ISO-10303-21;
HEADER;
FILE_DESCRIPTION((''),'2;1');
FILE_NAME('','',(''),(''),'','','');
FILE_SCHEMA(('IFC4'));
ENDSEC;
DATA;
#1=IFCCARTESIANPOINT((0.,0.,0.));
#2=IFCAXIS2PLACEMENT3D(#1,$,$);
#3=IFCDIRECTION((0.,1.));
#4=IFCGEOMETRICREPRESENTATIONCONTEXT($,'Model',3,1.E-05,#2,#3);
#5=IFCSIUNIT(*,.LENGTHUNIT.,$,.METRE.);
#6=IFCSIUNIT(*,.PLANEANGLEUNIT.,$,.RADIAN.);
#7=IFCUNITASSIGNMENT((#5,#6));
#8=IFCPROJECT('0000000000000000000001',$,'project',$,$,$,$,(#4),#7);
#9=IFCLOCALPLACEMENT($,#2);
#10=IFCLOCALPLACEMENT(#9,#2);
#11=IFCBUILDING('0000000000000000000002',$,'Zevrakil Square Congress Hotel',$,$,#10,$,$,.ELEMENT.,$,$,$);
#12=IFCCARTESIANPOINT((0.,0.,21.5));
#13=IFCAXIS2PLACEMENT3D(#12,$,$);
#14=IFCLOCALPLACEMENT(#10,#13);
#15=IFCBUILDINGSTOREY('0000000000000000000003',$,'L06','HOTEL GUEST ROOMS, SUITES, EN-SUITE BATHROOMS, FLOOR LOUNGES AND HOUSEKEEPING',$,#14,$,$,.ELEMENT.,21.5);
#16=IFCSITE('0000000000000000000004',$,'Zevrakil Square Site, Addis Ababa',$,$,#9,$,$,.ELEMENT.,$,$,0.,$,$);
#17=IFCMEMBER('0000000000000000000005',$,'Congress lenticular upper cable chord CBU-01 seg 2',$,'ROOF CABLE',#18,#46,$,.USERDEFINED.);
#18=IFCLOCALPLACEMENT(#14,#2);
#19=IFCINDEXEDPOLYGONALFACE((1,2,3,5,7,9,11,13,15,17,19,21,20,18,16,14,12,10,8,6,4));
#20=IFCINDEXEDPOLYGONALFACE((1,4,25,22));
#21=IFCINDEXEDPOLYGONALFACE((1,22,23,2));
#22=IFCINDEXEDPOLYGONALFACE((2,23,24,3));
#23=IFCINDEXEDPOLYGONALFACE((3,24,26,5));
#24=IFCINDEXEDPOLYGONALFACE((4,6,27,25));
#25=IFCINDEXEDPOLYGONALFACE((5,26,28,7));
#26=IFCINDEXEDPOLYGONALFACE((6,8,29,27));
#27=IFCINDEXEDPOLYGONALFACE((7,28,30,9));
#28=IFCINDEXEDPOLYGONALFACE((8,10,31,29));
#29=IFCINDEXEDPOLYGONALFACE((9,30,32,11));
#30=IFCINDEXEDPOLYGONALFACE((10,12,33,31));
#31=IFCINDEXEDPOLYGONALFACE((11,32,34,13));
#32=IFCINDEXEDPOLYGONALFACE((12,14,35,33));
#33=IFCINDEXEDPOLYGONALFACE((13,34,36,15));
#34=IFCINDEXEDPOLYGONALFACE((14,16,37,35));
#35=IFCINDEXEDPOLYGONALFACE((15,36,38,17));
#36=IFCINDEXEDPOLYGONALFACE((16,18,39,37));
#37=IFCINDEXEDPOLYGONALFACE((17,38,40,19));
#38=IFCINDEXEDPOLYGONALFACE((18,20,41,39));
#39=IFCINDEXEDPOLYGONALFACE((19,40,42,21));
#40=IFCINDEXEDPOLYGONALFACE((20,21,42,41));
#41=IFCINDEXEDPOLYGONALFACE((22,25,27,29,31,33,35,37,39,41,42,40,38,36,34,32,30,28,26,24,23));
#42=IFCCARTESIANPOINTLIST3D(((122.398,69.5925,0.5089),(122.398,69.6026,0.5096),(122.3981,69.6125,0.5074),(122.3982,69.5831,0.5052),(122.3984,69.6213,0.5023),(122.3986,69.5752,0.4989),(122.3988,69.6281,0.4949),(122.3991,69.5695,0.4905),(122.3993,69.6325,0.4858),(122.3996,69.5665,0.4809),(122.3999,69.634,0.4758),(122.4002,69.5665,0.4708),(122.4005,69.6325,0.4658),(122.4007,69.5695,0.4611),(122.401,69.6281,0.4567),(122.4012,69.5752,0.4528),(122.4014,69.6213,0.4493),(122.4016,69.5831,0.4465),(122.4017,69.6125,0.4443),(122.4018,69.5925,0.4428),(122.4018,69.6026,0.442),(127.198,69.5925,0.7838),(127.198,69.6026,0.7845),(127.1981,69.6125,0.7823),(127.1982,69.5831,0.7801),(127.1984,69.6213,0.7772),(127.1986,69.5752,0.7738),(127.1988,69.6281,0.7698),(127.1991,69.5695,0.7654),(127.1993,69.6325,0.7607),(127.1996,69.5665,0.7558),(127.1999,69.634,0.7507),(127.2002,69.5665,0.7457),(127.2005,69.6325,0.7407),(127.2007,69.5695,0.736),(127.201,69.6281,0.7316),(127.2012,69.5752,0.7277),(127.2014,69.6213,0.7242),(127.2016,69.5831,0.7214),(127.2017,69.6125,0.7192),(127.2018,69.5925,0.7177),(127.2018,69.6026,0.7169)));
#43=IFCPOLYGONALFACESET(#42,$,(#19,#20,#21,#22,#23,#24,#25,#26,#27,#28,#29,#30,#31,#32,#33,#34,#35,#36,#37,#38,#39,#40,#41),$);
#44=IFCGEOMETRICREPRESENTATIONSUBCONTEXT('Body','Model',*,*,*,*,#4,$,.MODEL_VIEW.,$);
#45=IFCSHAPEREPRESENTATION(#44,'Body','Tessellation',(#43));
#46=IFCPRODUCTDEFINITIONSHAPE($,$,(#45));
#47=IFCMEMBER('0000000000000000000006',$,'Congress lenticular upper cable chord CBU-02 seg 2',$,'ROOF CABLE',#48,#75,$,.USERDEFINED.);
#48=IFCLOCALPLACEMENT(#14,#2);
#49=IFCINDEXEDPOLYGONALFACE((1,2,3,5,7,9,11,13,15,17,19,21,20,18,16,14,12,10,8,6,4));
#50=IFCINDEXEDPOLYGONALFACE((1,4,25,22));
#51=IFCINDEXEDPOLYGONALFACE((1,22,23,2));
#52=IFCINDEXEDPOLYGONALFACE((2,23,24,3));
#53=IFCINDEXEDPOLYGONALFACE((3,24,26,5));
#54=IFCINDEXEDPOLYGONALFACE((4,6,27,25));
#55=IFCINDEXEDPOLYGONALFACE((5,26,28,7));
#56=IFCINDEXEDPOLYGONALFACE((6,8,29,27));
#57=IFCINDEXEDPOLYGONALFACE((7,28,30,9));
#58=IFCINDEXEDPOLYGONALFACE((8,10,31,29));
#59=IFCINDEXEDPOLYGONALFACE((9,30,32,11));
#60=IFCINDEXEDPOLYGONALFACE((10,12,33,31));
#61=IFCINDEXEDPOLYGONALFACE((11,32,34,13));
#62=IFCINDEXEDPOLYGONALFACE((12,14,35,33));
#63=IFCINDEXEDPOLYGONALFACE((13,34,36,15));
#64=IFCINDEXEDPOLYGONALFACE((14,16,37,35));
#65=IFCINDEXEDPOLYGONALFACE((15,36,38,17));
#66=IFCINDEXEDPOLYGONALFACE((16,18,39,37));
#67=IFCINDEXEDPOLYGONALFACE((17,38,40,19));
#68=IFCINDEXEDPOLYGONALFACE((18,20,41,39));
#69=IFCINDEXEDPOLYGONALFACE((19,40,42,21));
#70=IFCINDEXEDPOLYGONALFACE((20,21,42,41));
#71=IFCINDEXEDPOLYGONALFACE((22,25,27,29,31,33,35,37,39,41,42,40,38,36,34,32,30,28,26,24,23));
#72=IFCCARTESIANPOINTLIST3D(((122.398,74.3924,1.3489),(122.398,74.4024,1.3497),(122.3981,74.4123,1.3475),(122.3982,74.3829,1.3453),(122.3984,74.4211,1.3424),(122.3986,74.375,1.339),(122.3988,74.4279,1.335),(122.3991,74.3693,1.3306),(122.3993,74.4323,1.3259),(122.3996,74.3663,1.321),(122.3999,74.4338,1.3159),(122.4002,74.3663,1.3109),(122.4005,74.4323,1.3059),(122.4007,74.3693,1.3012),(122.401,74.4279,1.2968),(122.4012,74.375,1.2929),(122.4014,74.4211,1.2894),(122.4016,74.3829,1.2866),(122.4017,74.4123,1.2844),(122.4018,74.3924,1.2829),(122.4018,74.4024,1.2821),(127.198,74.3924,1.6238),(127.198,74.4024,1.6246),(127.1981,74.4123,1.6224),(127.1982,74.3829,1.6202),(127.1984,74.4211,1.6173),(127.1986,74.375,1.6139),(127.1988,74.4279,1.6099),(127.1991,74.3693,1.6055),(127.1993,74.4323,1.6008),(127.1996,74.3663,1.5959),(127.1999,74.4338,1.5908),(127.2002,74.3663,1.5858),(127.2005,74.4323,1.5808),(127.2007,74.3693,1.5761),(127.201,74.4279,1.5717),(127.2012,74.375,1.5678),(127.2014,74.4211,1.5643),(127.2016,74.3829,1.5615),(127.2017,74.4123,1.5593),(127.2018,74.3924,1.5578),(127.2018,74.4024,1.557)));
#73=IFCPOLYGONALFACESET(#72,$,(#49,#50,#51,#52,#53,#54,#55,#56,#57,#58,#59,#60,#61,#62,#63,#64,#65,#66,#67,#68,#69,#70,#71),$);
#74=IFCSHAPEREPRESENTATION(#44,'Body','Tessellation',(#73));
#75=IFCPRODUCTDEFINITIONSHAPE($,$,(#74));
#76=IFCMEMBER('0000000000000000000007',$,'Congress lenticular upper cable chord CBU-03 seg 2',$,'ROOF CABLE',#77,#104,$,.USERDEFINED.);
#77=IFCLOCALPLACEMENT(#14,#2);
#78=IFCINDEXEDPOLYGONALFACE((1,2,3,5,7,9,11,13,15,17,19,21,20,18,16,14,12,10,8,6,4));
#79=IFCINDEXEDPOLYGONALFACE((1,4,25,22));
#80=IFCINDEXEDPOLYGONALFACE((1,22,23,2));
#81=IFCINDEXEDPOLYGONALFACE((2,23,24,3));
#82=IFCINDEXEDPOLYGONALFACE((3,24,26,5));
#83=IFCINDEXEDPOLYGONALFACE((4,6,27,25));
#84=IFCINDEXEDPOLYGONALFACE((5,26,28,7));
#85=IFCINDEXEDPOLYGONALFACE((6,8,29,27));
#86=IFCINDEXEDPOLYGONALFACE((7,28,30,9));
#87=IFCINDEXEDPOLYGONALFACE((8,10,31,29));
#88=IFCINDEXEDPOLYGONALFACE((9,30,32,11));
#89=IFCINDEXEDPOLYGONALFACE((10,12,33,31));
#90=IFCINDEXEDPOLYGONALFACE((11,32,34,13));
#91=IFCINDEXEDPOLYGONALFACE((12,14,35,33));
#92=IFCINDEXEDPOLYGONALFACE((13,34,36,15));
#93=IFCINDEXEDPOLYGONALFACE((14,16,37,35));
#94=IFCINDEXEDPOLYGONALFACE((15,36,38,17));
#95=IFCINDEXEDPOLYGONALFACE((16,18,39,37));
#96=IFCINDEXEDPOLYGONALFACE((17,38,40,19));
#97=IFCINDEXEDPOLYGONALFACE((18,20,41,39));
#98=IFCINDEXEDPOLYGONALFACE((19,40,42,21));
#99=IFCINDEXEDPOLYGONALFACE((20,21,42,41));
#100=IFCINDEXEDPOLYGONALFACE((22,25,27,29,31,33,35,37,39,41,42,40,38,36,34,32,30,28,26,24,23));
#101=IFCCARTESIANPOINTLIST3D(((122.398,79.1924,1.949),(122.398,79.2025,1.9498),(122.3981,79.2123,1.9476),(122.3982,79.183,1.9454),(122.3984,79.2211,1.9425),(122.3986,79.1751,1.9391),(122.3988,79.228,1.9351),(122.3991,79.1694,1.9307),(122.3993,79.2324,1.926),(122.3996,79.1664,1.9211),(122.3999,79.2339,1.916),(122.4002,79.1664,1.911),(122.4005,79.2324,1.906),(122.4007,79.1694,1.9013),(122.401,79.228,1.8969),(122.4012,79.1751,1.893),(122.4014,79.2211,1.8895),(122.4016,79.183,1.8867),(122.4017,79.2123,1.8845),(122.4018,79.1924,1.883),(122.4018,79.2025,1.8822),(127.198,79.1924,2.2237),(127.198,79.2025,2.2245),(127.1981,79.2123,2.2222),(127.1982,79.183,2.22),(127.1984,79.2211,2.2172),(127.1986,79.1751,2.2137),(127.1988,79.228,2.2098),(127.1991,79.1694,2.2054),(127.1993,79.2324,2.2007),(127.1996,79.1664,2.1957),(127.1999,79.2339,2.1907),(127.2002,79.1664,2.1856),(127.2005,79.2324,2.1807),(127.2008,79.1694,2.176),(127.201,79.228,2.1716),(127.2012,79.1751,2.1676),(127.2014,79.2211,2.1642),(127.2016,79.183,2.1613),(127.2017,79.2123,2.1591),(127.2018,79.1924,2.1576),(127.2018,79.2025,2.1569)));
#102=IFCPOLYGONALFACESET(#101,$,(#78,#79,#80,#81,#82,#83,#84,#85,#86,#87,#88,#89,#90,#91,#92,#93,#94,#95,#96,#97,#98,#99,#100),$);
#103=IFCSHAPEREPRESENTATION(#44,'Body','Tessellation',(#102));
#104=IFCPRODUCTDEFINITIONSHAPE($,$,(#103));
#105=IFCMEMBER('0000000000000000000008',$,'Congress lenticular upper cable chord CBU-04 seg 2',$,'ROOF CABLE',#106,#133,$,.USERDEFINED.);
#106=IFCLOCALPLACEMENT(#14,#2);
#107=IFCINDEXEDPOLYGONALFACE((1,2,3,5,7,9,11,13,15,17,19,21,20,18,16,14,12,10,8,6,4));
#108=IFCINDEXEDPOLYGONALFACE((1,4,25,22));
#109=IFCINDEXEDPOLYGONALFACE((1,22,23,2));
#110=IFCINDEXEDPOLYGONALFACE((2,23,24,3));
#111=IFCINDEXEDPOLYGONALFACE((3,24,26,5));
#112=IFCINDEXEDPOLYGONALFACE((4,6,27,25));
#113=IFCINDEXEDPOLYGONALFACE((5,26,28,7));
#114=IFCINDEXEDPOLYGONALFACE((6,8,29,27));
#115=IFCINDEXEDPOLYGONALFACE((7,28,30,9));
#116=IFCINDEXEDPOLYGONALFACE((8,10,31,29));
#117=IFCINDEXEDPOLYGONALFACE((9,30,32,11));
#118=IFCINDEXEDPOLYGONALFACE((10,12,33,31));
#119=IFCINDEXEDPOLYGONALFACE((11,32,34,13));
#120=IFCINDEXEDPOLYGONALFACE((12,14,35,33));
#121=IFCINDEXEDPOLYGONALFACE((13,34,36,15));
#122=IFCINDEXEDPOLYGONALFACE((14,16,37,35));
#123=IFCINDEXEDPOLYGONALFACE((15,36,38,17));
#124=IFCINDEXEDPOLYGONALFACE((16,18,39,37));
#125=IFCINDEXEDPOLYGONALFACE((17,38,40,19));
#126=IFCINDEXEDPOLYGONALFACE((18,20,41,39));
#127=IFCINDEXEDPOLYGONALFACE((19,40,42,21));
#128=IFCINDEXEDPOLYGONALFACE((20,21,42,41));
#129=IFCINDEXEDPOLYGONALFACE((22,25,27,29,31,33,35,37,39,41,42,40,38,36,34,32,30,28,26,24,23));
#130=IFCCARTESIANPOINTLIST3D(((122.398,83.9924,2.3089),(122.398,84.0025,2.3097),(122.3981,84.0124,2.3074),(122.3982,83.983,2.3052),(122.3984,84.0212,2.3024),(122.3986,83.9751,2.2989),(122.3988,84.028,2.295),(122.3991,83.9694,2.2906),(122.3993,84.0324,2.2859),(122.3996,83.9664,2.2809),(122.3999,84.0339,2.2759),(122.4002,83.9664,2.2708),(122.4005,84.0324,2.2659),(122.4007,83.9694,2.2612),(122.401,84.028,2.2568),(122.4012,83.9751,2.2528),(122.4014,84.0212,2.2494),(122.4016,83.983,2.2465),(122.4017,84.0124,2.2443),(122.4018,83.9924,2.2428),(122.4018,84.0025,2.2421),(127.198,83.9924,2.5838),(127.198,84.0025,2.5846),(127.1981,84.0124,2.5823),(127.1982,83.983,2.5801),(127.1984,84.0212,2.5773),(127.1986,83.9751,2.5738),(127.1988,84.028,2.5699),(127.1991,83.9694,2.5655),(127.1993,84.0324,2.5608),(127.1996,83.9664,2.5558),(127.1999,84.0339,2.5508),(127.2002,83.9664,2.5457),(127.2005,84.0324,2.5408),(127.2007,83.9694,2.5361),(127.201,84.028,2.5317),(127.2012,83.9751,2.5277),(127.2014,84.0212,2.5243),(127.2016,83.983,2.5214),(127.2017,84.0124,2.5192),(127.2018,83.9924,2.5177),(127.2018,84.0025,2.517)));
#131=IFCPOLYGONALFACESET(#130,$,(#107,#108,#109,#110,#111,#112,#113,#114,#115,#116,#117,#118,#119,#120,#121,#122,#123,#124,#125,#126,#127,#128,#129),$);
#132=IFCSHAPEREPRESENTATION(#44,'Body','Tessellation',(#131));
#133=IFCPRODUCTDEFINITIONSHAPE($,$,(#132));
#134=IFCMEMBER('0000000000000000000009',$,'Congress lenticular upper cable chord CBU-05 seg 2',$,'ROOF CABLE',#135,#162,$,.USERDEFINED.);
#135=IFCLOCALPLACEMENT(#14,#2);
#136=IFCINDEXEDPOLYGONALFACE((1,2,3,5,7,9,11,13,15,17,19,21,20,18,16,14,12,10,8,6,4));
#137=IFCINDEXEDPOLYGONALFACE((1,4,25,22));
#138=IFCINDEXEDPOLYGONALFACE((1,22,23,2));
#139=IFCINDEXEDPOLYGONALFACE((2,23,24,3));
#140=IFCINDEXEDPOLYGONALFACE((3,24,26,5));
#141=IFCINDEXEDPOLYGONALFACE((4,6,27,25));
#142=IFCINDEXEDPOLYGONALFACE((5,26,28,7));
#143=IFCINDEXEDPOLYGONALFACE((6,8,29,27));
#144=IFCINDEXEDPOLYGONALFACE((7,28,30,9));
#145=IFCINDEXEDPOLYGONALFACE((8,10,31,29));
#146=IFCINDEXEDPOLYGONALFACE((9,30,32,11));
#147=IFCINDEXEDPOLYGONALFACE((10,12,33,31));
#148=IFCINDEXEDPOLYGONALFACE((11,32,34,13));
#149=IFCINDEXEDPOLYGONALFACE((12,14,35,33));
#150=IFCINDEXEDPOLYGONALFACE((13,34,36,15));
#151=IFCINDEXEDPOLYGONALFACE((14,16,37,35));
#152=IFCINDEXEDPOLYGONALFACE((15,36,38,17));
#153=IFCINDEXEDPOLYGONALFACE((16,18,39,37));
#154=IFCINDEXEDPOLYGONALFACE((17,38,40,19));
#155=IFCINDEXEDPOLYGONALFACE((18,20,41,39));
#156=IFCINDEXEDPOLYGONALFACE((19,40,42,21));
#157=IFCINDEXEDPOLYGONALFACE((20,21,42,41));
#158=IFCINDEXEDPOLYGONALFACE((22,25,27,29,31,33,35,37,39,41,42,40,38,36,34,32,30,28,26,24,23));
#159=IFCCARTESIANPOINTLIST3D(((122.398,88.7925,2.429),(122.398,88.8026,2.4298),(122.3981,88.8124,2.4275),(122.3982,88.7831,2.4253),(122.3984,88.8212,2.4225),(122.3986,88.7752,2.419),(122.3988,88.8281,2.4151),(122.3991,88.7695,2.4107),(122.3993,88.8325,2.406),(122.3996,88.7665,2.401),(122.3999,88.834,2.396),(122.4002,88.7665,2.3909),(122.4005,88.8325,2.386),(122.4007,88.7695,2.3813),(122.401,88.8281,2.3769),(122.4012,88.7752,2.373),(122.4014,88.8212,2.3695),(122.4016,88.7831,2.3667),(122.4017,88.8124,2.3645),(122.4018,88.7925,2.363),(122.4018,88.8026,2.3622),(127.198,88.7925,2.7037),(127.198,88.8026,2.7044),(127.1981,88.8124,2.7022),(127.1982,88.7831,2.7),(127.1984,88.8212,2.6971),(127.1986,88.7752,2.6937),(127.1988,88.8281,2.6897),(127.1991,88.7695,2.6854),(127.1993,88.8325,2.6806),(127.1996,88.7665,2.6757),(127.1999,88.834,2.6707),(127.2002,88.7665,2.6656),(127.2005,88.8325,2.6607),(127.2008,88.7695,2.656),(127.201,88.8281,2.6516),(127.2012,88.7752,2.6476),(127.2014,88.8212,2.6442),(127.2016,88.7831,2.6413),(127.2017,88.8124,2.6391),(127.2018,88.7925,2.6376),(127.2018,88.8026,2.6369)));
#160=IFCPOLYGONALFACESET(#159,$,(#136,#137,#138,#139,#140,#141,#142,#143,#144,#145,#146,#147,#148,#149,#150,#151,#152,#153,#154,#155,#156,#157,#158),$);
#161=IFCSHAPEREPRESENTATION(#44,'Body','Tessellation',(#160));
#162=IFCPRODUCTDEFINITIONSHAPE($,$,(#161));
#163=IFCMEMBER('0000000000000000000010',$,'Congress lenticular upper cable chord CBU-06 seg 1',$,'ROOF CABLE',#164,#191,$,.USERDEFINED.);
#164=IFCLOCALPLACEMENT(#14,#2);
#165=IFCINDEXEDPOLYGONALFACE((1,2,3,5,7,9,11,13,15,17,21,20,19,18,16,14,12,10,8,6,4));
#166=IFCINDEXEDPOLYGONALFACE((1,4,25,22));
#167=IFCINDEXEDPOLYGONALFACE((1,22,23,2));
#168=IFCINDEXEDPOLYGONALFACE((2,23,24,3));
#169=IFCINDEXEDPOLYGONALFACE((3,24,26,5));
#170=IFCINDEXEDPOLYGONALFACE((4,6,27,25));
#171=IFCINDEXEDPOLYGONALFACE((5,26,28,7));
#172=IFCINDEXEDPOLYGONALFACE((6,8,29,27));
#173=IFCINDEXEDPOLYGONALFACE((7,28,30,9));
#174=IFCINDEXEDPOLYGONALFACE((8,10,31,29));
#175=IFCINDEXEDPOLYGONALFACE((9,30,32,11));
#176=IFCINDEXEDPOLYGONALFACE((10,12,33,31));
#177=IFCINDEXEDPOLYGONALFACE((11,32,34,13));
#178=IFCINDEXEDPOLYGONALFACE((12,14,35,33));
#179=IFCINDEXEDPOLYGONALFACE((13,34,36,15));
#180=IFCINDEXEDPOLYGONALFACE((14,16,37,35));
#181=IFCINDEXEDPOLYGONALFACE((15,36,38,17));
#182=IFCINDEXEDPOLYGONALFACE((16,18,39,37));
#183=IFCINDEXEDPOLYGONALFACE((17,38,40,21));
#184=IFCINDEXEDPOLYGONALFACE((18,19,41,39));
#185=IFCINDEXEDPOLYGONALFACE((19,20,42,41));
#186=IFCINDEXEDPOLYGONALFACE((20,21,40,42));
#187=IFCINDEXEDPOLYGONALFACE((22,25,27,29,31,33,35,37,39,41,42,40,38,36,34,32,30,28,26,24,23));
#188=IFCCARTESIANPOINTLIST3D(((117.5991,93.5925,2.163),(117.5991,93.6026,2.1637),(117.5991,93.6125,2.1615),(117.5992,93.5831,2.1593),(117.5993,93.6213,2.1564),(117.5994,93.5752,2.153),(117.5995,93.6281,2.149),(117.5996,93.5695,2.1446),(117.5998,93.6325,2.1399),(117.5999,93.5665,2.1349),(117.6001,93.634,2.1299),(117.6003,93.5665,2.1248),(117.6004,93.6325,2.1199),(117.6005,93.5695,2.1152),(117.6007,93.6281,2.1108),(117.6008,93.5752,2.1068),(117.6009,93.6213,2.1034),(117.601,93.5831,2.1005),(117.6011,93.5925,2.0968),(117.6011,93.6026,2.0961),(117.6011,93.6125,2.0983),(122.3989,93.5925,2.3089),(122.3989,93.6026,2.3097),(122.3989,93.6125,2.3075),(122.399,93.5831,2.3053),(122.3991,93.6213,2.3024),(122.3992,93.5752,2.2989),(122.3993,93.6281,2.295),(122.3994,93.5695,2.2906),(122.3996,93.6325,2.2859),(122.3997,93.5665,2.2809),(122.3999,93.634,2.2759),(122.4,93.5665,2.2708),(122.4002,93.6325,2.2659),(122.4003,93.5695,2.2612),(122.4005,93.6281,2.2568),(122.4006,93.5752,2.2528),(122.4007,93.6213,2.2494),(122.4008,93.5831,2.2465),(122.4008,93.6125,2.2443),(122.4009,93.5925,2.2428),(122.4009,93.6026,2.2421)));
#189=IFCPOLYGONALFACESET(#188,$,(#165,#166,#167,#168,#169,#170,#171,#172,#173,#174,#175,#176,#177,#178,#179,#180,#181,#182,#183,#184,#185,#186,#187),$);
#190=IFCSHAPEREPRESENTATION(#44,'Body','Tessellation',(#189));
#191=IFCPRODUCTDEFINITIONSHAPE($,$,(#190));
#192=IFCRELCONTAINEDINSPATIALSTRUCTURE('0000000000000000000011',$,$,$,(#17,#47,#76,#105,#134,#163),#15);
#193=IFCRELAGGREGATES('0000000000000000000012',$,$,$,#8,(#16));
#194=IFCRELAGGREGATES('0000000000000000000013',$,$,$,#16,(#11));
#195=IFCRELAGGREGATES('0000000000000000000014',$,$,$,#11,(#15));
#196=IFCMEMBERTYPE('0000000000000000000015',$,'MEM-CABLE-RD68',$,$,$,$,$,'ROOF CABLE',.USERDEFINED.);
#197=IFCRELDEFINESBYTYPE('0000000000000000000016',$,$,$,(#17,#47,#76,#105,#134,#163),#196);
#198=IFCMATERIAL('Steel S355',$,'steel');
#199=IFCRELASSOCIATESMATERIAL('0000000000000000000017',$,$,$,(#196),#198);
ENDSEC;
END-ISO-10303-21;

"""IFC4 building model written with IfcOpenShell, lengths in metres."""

from ifc_helpers import new_model, si_unit, direction, frame, origin, origin_2d, place, context, subcontext, project, spatial, circle, extrude, material, material_profile, profile_set, type_object, element, save


model = new_model("IFC4")

# Units and contexts
model_context = context("Model", 3, precision=1e-05, world=origin(), true_north=direction((0.0, 1.0)))
body_context = subcontext(model_context, "Body", "Model", "MODEL_VIEW")
ifc_project = project(units=[si_unit("LENGTHUNIT", "METRE"), si_unit("PLANEANGLEUNIT", "RADIAN")], contexts=[model_context])

# Site, building, storey
site_placement = place(None, origin())
site = spatial("IfcSite", under=ifc_project, at=site_placement, Name="Zevrakil Square Site, Addis Ababa", CompositionType="ELEMENT", RefElevation=0.0)
building_placement = place(site_placement, origin())
building = spatial("IfcBuilding", under=site, at=building_placement, Name="Zevrakil Square Congress Hotel", CompositionType="ELEMENT")
storey_placement = place(building_placement, frame((0.0, 0.0, 21.5)))
storey = spatial("IfcBuildingStorey", under=building, at=storey_placement, Name="L06", Description="HOTEL GUEST ROOMS, SUITES, EN-SUITE BATHROOMS, FLOOR LOUNGES AND HOUSEKEEPING", CompositionType="ELEMENT", Elevation=21.5)

# Members
ifc_material_1 = material(Name="Steel S355", Category="steel")
ifc_material_profile_1 = material_profile(ifc_material_1, circle(Radius=0.0339, at=origin_2d()), Name="CABLE RD68")
ifc_profile_set_1 = profile_set([ifc_material_profile_1], Name="Steel S355")
member_type_1 = type_object("IfcMemberType", Name="MEM-CABLE-RD68", ElementType="ROOF CABLE", PredefinedType="USERDEFINED", material=ifc_profile_set_1)
for number, where, z_axis, x_axis, name in (
    (1, (122.3999, 69.6001, 0.4758), (0.998364, 0.0, 0.057177), (0.0, 1.0, 0.0), "Congress lenticular upper cable chord CBU-01 seg 2"),
    (2, (122.3999, 74.3999, 1.3159), (0.998364, 0.0, 0.057177), (0.0, 1.0, 0.0), "Congress lenticular upper cable chord CBU-02 seg 2"),
    (3, (122.3999, 79.2, 1.916), (0.998367, 0.0, 0.057126), (0.0, 1.0, 0.0), "Congress lenticular upper cable chord CBU-03 seg 2"),
    (4, (122.3999, 84.0, 2.2759), (0.998364, 0.0, 0.057177), (0.0, 1.0, 0.0), "Congress lenticular upper cable chord CBU-04 seg 2"),
    (5, (122.3999, 88.8, 2.396), (0.998367, 0.0, 0.057126), (0.0, 1.0, 0.0), "Congress lenticular upper cable chord CBU-05 seg 2"),
):
    element("IfcMember", number, at=place(storey_placement, frame(where, z_axis=z_axis, x_axis=x_axis)), inside=storey, type_object=member_type_1, Name=name, ObjectType="ROOF CABLE", PredefinedType="USERDEFINED", context=body_context, shape_type="SweptSolid", body=[
        extrude(circle(Radius=0.0339, at=origin_2d()), origin(), (0.0, 0.0, 1.0), 4.8079),
    ])
member_1_placement = place(storey_placement, frame((117.6001, 93.6001, 2.1299), z_axis=(0.999538, 0.0, 0.030403), x_axis=(0.0, 1.0, 0.0)))
element("IfcMember", 6, at=member_1_placement, inside=storey, type_object=member_type_1, Name="Congress lenticular upper cable chord CBU-06 seg 1", ObjectType="ROOF CABLE", PredefinedType="USERDEFINED", context=body_context, shape_type="SweptSolid", body=[
    extrude(circle(Radius=0.0339, at=origin_2d()), origin(), (0.0, 0.0, 1.0), 4.802),
])

save(model, "model.ifc")
